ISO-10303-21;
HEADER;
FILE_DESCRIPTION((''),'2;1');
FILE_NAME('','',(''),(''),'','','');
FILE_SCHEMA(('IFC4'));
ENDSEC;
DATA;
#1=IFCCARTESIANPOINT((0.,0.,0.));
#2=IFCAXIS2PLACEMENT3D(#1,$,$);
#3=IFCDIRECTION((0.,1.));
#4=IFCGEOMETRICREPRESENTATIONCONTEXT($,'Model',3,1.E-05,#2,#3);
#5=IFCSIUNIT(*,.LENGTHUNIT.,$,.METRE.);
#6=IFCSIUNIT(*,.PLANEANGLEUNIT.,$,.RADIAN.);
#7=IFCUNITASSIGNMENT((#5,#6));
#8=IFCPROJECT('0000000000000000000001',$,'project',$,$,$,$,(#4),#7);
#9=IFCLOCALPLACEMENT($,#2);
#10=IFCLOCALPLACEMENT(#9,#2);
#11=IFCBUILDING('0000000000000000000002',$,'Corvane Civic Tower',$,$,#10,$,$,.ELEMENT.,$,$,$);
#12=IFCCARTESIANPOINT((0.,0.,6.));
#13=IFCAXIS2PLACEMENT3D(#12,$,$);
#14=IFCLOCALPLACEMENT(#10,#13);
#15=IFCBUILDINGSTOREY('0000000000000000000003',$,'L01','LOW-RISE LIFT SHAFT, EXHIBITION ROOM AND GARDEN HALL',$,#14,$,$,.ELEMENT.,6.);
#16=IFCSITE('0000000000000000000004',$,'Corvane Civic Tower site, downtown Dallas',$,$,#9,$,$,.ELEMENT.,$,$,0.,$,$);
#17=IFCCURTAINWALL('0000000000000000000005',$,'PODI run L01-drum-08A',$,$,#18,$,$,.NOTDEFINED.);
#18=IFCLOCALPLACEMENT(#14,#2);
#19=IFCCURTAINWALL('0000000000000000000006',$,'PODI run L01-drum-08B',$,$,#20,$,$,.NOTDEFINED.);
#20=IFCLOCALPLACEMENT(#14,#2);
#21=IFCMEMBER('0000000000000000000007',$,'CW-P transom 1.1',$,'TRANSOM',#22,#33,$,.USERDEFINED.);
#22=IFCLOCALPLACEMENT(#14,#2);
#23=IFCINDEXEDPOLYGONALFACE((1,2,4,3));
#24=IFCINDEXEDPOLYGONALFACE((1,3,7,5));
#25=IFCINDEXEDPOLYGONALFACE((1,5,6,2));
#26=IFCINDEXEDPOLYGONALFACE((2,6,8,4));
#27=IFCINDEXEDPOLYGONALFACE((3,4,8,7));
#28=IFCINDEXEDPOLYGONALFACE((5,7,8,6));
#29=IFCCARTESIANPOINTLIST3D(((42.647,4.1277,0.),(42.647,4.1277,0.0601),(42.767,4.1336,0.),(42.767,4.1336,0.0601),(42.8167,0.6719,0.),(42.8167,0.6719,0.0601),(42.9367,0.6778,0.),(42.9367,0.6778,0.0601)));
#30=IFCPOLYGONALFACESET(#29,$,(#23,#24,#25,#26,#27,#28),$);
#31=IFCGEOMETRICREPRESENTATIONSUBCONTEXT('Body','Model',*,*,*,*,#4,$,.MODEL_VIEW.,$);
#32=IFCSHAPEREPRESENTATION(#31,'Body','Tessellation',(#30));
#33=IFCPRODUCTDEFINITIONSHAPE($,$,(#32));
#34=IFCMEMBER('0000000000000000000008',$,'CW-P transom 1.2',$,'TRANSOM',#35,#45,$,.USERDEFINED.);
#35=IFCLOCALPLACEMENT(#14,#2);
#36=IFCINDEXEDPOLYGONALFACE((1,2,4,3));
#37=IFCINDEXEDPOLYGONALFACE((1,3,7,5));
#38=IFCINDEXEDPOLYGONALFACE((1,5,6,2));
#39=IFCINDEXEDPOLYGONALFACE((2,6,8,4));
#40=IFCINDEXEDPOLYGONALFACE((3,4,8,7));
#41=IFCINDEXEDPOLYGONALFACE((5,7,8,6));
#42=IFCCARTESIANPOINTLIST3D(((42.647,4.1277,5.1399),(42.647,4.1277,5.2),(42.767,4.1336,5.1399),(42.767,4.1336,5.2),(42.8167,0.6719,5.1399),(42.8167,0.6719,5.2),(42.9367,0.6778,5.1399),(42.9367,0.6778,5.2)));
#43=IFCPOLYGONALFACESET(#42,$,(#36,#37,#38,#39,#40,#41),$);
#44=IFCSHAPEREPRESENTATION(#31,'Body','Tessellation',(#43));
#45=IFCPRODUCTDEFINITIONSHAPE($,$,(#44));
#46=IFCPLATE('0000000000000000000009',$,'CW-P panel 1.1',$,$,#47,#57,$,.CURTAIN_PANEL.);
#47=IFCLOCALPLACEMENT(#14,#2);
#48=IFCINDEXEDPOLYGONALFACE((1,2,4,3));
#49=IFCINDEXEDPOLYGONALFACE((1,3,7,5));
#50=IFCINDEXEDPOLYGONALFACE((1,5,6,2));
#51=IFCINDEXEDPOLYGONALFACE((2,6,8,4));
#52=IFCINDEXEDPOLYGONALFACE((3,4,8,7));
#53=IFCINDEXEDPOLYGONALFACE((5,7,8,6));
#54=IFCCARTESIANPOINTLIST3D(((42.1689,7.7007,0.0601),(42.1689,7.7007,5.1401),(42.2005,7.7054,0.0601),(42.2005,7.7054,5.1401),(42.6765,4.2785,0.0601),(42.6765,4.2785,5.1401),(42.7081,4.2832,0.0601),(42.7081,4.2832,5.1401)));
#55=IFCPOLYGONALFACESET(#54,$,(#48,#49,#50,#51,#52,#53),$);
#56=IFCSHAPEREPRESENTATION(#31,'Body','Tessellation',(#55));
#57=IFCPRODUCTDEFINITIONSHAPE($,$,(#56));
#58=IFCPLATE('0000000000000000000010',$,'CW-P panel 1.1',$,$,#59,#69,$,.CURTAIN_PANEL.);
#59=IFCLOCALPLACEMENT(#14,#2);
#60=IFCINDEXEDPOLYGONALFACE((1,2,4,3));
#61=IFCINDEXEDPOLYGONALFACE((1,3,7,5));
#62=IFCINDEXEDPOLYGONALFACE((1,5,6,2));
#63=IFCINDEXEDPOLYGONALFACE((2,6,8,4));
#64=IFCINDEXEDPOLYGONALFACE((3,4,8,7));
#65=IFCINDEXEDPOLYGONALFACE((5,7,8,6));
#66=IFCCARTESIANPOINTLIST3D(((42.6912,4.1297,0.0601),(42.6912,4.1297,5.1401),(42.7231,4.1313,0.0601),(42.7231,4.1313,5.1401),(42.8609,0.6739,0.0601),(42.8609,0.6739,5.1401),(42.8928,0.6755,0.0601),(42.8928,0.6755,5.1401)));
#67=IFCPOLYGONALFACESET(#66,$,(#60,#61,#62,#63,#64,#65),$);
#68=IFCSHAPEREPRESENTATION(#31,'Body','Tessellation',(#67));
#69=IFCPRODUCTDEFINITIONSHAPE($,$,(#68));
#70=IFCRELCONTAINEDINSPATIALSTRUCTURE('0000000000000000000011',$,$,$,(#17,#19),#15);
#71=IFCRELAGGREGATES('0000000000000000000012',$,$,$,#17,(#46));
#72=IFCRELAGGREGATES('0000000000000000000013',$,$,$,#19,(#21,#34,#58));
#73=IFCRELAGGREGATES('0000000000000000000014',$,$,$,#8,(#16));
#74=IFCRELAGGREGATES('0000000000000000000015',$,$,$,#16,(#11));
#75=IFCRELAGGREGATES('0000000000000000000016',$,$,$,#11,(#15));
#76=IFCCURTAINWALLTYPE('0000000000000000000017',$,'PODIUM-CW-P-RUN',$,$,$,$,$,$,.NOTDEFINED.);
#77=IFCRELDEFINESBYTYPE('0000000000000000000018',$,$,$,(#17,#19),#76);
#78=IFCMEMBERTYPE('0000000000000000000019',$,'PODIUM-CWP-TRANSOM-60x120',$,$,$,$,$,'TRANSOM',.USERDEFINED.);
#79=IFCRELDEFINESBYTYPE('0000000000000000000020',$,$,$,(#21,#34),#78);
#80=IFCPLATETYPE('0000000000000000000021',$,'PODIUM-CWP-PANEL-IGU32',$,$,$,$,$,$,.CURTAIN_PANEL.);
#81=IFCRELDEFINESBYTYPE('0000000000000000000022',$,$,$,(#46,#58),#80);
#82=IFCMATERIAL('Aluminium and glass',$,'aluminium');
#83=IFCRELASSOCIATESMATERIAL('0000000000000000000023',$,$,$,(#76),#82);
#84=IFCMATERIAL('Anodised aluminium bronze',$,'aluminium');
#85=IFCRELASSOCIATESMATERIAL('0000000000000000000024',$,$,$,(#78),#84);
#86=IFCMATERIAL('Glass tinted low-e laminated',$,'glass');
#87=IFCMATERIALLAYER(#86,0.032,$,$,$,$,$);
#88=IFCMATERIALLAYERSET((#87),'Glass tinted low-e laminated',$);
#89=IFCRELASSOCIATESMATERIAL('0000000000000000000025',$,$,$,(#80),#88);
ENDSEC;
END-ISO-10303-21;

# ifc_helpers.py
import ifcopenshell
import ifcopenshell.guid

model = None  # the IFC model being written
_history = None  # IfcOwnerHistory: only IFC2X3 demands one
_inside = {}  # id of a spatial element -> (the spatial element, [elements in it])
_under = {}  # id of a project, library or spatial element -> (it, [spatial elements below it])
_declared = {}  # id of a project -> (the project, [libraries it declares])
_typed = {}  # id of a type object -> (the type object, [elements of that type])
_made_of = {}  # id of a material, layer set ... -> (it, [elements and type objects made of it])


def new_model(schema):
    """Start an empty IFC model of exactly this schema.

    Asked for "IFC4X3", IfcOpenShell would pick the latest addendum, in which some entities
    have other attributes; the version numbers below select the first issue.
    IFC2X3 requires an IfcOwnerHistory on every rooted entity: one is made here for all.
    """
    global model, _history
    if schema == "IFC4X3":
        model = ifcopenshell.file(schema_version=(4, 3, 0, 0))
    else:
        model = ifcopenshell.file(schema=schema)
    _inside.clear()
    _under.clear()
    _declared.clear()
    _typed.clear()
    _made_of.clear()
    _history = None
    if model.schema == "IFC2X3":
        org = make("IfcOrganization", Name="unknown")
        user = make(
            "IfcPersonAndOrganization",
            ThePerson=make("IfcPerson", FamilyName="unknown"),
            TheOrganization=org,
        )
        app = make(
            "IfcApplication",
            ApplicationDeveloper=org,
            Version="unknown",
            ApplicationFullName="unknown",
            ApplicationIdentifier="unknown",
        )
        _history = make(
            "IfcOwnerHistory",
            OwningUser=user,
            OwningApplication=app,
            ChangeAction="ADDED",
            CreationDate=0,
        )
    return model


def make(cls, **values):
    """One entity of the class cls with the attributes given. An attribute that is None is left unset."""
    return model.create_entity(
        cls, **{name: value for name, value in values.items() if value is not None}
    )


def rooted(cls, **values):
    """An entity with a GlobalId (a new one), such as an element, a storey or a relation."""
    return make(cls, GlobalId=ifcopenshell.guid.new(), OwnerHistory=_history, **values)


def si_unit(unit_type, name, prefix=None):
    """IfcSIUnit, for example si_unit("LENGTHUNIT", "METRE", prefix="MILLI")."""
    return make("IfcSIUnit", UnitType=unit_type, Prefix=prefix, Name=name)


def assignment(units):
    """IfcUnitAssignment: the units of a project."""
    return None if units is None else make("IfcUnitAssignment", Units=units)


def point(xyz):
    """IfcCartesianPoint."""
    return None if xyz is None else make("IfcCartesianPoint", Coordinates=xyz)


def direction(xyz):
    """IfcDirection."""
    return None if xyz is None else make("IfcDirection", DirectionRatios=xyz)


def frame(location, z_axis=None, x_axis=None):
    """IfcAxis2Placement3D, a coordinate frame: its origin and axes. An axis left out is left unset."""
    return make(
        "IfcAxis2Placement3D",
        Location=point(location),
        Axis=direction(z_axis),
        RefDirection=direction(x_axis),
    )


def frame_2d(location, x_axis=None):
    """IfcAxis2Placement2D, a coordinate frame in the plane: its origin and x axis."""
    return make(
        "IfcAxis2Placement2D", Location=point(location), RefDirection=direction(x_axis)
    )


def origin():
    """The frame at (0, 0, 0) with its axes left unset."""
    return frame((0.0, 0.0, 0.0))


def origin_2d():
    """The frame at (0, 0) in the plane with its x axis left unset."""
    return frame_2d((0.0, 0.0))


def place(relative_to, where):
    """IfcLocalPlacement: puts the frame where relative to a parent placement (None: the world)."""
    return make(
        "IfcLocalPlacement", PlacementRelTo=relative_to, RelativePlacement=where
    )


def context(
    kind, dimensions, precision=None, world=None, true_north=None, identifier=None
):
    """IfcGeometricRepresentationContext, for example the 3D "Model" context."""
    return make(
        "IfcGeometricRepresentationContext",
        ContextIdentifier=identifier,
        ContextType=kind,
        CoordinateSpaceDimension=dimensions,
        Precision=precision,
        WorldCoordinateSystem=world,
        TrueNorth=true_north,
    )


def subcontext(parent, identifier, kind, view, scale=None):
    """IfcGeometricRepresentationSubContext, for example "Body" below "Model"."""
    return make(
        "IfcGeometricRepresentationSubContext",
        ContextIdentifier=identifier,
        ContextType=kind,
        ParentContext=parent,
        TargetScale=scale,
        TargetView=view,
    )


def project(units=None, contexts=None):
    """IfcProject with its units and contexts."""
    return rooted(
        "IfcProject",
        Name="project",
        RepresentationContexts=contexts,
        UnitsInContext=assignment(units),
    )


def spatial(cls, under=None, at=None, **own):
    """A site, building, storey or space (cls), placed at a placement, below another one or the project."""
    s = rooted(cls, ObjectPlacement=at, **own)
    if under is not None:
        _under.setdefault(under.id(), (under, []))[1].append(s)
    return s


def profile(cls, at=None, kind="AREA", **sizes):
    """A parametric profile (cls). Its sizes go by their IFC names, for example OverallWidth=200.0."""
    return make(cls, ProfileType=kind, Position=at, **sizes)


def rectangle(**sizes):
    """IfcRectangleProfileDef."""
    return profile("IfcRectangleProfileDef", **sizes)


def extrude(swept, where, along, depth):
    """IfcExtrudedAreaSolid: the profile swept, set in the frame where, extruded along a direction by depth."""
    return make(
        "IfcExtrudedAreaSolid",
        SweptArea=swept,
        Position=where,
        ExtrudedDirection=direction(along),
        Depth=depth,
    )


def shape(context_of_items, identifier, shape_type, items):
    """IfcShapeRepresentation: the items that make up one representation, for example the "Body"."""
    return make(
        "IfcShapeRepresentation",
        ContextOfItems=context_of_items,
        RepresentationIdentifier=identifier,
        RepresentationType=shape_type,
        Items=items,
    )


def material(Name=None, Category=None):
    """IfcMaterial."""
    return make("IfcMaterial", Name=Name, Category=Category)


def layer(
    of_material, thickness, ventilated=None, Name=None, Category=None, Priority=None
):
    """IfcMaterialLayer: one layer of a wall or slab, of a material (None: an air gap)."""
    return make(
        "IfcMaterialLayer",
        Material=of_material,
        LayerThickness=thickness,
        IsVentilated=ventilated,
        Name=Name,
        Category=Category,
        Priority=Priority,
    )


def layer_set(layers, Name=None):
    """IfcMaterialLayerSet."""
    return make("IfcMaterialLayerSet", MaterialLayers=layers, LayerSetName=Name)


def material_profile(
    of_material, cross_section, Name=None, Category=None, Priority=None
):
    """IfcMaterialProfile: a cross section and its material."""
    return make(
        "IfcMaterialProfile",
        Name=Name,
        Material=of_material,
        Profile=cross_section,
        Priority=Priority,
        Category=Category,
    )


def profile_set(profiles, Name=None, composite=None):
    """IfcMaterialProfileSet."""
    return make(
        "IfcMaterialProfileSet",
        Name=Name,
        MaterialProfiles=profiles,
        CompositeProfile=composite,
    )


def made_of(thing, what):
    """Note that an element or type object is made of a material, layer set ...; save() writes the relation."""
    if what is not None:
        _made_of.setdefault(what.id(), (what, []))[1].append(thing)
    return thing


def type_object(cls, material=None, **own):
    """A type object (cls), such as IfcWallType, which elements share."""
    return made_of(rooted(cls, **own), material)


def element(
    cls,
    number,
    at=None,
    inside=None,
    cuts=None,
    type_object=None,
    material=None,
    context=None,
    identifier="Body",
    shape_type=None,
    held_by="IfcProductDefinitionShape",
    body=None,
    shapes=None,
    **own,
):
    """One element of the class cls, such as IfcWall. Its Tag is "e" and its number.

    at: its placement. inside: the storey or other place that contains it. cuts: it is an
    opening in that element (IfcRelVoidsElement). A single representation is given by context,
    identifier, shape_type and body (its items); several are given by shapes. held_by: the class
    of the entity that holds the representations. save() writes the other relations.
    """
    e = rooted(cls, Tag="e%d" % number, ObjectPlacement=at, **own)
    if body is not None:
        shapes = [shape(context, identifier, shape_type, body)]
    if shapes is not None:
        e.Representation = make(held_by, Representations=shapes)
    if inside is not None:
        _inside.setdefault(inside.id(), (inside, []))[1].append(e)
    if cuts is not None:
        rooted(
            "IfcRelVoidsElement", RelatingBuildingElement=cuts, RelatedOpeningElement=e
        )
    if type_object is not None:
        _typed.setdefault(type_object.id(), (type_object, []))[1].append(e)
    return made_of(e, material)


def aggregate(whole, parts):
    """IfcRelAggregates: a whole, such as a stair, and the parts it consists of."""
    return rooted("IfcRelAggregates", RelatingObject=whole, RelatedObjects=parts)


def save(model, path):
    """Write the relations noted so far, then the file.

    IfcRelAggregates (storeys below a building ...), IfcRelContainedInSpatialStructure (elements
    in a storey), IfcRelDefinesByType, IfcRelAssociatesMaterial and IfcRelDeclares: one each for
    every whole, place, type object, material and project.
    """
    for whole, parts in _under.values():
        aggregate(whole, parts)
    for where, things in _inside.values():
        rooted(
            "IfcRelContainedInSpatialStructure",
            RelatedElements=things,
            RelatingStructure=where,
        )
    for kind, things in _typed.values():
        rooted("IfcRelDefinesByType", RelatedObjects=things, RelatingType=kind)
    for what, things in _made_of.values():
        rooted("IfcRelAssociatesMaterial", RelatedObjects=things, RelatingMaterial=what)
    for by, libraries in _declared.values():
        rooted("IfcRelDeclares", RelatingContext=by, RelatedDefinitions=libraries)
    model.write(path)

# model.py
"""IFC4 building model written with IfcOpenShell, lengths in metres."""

from ifc_helpers import new_model, si_unit, direction, frame, origin, origin_2d, place, context, subcontext, project, spatial, rectangle, extrude, material, layer, layer_set, material_profile, profile_set, type_object, element, aggregate, save


model = new_model("IFC4")

# Units and contexts
model_context = context("Model", 3, precision=1e-05, world=origin(), true_north=direction((0.0, 1.0)))
body_context = subcontext(model_context, "Body", "Model", "MODEL_VIEW")
ifc_project = project(units=[si_unit("LENGTHUNIT", "METRE"), si_unit("PLANEANGLEUNIT", "RADIAN")], contexts=[model_context])

# Site, building, storey
site_placement = place(None, origin())
site = spatial("IfcSite", under=ifc_project, at=site_placement, Name="Corvane Civic Tower site, downtown Dallas", CompositionType="ELEMENT", RefElevation=0.0)
building_placement = place(site_placement, origin())
building = spatial("IfcBuilding", under=site, at=building_placement, Name="Corvane Civic Tower", CompositionType="ELEMENT")
storey_placement = place(building_placement, frame((0.0, 0.0, 6.0)))
storey = spatial("IfcBuildingStorey", under=building, at=storey_placement, Name="L01", Description="LOW-RISE LIFT SHAFT, EXHIBITION ROOM AND GARDEN HALL", CompositionType="ELEMENT", Elevation=6.0)

# Curtain walls
ifc_material_1 = material(Name="Aluminium and glass", Category="aluminium")
curtain_wall_type = type_object("IfcCurtainWallType", Name="PODIUM-CW-P-RUN", PredefinedType="NOTDEFINED", material=ifc_material_1)
curtain_wall_1_placement = place(storey_placement, origin())
curtain_wall_1 = element("IfcCurtainWall", 1, at=curtain_wall_1_placement, inside=storey, type_object=curtain_wall_type, Name="PODI run L01-drum-08A", PredefinedType="NOTDEFINED")
curtain_wall_2_placement = place(storey_placement, origin())
curtain_wall_2 = element("IfcCurtainWall", 2, at=curtain_wall_2_placement, inside=storey, type_object=curtain_wall_type, Name="PODI run L01-drum-08B", PredefinedType="NOTDEFINED")

# Members
ifc_material_2 = material(Name="Anodised aluminium bronze", Category="aluminium")
ifc_material_profile_1 = material_profile(ifc_material_2, rectangle(XDim=0.1201, YDim=0.0601, at=origin_2d()), Name="AL 120x60")
ifc_profile_set_1 = profile_set([ifc_material_profile_1], Name="Anodised aluminium bronze")
member_type_1 = type_object("IfcMemberType", Name="PODIUM-CWP-TRANSOM-60x120", ElementType="TRANSOM", PredefinedType="USERDEFINED", material=ifc_profile_set_1)
member_1_placement = place(storey_placement, frame((42.707, 4.1306, 0.03), z_axis=(0.04904, -0.998797, 0.0), x_axis=(0.998797, 0.04904, 0.0)))
member_1 = element("IfcMember", 3, at=member_1_placement, type_object=member_type_1, Name="CW-P transom 1.1", ObjectType="TRANSOM", PredefinedType="USERDEFINED", context=body_context, shape_type="SweptSolid", body=[
    extrude(rectangle(XDim=0.1201, YDim=0.0601, at=origin_2d()), origin(), (0.0, 0.0, 1.0), 3.46),
])
member_2_placement = place(storey_placement, frame((42.707, 4.1306, 5.1699), z_axis=(0.04904, -0.998797, 0.0), x_axis=(0.998797, 0.04904, 0.0)))
member_2 = element("IfcMember", 4, at=member_2_placement, type_object=member_type_1, Name="CW-P transom 1.2", ObjectType="TRANSOM", PredefinedType="USERDEFINED", context=body_context, shape_type="SweptSolid", body=[
    extrude(rectangle(XDim=0.1201, YDim=0.0601, at=origin_2d()), origin(), (0.0, 0.0, 1.0), 3.46),
])

# Plates
ifc_material_3 = material(Name="Glass tinted low-e laminated", Category="glass")
ifc_layer = layer(ifc_material_3, 0.032)
ifc_layer_set = layer_set([ifc_layer], Name="Glass tinted low-e laminated")
plate_type = type_object("IfcPlateType", Name="PODIUM-CWP-PANEL-IGU32", PredefinedType="CURTAIN_PANEL", material=ifc_layer_set)
plate_1_placement = place(storey_placement, frame((42.4385, 5.9919, 0.0601), z_axis=(0.0, 0.0, 1.0), x_axis=(0.146715, -0.989179, 0.0)))
plate_1 = element("IfcPlate", 5, at=plate_1_placement, type_object=plate_type, Name="CW-P panel 1.1", PredefinedType="CURTAIN_PANEL", context=body_context, shape_type="SweptSolid", body=[
    extrude(rectangle(XDim=3.4597, YDim=0.032, at=origin_2d()), origin(), (0.0, 0.0, 1.0), 5.0801),
])
aggregate(curtain_wall_1, [plate_1])
plate_2_placement = place(storey_placement, frame((42.792, 2.4026, 0.0601), z_axis=(0.0, 0.0, 1.0), x_axis=(0.04905, -0.998796, 0.0)))
plate_2 = element("IfcPlate", 6, at=plate_2_placement, type_object=plate_type, Name="CW-P panel 1.1", PredefinedType="CURTAIN_PANEL", context=body_context, shape_type="SweptSolid", body=[
    extrude(rectangle(XDim=3.46, YDim=0.032, at=origin_2d()), origin(), (0.0, 0.0, 1.0), 5.0801),
])
aggregate(curtain_wall_2, [member_1, member_2, plate_2])

save(model, "model.ifc")
